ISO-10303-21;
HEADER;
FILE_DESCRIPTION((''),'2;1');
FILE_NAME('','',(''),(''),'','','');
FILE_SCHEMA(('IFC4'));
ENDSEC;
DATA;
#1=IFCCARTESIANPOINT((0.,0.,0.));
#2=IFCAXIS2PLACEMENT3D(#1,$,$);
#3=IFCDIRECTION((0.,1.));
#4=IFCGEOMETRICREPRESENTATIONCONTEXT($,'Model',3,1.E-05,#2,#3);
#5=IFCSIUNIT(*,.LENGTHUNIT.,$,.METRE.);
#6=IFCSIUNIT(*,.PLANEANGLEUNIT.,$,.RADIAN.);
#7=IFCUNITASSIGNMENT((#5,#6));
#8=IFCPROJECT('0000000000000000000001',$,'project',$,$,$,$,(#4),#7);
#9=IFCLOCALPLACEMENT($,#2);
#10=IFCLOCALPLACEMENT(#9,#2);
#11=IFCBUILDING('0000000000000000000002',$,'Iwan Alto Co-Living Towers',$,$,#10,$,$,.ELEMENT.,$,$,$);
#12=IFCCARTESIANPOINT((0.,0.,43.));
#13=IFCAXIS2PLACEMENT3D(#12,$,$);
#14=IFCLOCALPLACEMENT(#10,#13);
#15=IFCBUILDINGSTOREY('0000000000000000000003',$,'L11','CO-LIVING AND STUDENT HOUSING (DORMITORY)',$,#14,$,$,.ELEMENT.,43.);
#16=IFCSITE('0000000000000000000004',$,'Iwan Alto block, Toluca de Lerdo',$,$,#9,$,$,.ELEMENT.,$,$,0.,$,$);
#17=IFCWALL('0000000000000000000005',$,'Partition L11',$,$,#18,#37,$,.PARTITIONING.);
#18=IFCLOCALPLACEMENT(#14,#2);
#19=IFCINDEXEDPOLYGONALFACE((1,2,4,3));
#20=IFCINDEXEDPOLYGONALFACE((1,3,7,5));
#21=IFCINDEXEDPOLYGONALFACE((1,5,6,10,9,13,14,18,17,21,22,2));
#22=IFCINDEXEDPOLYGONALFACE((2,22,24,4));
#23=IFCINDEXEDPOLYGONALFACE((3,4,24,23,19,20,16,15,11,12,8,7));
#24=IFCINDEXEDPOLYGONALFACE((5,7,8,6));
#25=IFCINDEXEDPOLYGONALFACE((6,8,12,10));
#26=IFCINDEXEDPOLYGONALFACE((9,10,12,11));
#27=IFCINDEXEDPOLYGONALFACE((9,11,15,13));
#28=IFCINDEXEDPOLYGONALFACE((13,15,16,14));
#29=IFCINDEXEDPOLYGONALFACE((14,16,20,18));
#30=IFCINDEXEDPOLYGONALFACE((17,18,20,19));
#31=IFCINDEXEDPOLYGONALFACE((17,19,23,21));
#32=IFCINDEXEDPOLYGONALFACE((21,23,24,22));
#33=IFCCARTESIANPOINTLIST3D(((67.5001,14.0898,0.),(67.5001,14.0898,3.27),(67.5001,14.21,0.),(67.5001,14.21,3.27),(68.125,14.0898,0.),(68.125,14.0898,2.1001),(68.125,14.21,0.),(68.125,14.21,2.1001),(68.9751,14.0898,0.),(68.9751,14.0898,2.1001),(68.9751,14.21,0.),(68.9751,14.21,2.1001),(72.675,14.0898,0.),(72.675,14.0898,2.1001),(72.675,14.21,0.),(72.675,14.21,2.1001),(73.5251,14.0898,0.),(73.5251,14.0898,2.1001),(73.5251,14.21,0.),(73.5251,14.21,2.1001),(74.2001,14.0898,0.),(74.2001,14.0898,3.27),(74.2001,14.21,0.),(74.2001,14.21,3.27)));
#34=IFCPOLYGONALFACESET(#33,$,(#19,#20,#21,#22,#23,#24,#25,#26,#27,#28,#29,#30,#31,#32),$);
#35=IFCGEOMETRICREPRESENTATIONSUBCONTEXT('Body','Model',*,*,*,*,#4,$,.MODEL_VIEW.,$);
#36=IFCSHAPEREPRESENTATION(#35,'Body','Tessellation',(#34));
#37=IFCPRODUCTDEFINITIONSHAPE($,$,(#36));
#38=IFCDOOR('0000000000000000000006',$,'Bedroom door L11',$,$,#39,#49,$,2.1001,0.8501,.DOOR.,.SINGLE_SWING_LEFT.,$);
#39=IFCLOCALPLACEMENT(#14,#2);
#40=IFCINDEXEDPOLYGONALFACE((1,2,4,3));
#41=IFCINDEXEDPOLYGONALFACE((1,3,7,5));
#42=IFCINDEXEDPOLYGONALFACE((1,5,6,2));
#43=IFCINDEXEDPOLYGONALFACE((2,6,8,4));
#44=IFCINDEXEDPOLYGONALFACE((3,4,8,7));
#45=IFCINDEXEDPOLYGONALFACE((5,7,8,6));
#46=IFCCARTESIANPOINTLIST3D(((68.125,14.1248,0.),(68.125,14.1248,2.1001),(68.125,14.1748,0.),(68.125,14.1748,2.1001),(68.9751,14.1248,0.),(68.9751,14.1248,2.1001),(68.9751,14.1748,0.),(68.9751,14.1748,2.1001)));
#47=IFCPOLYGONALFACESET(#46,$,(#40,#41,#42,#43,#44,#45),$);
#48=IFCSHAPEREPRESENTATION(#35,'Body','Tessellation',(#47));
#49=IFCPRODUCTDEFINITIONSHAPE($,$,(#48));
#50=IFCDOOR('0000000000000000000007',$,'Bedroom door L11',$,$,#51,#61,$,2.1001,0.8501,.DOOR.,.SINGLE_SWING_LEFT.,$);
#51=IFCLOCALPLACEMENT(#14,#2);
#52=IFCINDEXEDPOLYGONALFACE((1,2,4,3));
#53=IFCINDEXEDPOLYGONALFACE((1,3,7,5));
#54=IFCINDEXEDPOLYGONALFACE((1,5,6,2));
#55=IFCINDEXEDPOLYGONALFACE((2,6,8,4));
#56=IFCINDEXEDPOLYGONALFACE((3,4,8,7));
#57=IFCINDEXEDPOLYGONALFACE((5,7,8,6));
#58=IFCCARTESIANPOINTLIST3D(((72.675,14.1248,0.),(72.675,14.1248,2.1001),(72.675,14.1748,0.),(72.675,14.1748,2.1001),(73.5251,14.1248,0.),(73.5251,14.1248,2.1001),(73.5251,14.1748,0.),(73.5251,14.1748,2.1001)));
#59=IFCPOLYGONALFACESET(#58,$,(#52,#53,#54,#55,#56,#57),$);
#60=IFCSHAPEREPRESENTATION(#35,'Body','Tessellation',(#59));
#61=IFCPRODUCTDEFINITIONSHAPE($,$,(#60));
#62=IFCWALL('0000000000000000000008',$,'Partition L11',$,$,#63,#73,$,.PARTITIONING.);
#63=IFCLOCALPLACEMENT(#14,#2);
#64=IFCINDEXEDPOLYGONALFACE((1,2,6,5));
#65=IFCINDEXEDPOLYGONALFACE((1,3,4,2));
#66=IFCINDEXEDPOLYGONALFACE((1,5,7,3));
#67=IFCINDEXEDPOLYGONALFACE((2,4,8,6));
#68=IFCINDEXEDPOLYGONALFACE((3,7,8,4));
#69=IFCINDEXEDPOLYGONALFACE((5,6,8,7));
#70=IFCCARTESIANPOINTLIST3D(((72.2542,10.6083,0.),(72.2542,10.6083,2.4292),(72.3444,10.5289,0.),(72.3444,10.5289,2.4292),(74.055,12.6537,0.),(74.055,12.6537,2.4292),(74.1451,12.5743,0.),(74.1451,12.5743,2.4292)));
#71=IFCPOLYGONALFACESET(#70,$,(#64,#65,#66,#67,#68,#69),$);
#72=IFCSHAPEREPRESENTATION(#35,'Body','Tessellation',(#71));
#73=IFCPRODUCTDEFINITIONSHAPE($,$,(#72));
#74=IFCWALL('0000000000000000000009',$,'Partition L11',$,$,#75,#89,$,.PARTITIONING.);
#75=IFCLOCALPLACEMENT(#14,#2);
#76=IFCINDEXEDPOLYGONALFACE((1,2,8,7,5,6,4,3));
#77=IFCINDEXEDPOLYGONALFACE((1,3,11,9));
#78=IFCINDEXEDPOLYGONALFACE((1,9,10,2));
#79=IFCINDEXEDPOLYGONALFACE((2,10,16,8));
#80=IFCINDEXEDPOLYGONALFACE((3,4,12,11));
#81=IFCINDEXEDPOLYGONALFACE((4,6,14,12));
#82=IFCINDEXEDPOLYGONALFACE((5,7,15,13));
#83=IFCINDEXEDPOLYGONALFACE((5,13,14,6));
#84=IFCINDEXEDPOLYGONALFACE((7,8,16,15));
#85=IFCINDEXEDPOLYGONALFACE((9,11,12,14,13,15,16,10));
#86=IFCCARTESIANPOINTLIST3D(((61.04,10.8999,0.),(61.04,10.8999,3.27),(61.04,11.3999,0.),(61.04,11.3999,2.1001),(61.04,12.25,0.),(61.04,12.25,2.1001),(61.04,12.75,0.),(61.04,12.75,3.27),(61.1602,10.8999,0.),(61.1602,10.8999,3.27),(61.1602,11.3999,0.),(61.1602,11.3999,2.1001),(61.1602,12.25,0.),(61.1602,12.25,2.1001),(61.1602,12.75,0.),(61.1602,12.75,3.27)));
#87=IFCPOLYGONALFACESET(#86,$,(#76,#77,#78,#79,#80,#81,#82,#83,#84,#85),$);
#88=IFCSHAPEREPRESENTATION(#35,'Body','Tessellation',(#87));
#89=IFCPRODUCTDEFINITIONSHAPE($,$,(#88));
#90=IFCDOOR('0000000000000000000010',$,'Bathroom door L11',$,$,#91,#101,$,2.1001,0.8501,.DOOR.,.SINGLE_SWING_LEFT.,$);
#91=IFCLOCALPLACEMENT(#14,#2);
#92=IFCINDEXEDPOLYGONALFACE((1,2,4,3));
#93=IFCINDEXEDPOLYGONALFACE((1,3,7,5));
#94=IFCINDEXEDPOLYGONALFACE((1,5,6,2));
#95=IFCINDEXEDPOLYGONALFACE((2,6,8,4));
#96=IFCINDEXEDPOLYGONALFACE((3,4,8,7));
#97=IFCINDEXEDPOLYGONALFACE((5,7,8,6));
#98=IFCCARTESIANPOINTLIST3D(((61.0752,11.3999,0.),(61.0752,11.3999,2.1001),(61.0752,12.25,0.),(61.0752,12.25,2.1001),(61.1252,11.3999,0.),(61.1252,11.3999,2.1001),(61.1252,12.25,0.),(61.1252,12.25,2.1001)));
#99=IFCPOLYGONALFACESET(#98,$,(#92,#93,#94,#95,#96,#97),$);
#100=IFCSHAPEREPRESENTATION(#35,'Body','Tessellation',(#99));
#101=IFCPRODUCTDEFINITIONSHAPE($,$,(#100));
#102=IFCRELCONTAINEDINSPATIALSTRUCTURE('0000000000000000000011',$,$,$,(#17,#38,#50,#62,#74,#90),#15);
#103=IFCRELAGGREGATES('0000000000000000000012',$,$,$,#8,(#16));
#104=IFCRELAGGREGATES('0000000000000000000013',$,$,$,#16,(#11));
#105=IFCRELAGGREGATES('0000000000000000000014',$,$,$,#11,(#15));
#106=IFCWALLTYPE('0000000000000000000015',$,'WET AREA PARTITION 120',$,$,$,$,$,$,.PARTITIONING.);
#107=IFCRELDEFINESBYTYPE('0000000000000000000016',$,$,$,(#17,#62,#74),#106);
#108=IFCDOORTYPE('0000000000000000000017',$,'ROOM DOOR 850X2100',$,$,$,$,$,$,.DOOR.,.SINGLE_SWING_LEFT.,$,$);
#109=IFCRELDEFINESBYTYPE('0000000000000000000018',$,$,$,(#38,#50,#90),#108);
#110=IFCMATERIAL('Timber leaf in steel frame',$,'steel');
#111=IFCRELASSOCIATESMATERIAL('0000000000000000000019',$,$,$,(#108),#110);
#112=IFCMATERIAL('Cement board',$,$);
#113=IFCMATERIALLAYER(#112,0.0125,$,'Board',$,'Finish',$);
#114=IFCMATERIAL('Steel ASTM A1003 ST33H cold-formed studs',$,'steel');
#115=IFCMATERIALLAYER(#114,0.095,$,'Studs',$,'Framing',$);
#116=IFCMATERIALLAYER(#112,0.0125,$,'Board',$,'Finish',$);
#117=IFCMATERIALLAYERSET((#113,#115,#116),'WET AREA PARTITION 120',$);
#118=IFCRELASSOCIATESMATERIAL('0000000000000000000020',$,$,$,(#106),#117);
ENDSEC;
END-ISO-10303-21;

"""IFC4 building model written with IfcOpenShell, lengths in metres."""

from ifc_helpers import new_model, si_unit, direction, frame, frame_2d, origin, place, context, subcontext, project, spatial, rectangle, extrude, material, layer, layer_set, type_object, element, fill, save


model = new_model("IFC4")

# Units and contexts
model_context = context("Model", 3, precision=1e-05, world=origin(), true_north=direction((0.0, 1.0)))
body_context = subcontext(model_context, "Body", "Model", "MODEL_VIEW")
ifc_project = project(units=[si_unit("LENGTHUNIT", "METRE"), si_unit("PLANEANGLEUNIT", "RADIAN")], contexts=[model_context])

# Site, building, storey
site_placement = place(None, origin())
site = spatial("IfcSite", under=ifc_project, at=site_placement, Name="Iwan Alto block, Toluca de Lerdo", CompositionType="ELEMENT", RefElevation=0.0)
building_placement = place(site_placement, origin())
building = spatial("IfcBuilding", under=site, at=building_placement, Name="Iwan Alto Co-Living Towers", CompositionType="ELEMENT")
storey_placement = place(building_placement, frame((0.0, 0.0, 43.0)))
storey = spatial("IfcBuildingStorey", under=building, at=storey_placement, Name="L11", Description="CO-LIVING AND STUDENT HOUSING (DORMITORY)", CompositionType="ELEMENT", Elevation=43.0)

# Shared definitions
ifc_material_1 = material(Name="Steel ASTM A1003 ST33H cold-formed studs", Category="steel")

# Shared definitions
ifc_material_2 = material(Name="Timber leaf in steel frame", Category="steel")
door_type = type_object("IfcDoorType", Name="ROOM DOOR 850X2100", OperationType="SINGLE_SWING_LEFT", PredefinedType="DOOR", material=ifc_material_2)

# Wall, openings, doors
ifc_material_3 = material(Name="Cement board")
ifc_layer_1 = layer(ifc_material_3, 0.0125, Name="Board", Category="Finish")
ifc_layer_2 = layer(ifc_material_1, 0.095, Name="Studs", Category="Framing")
ifc_layer_3 = layer(ifc_material_3, 0.0125, Name="Board", Category="Finish")
ifc_layer_set_1 = layer_set([ifc_layer_1, ifc_layer_2, ifc_layer_3], Name="WET AREA PARTITION 120")
wall_type_1 = type_object("IfcWallType", Name="WET AREA PARTITION 120", PredefinedType="PARTITIONING", material=ifc_layer_set_1)
wall_1_placement = place(storey_placement, frame((67.5, 14.1499, 0.0), z_axis=(0.0, 0.0, 1.0), x_axis=(1.0, 0.0, 0.0)))
wall_1 = element("IfcWall", 1, at=wall_1_placement, inside=storey, type_object=wall_type_1, Name="Partition L11", PredefinedType="PARTITIONING", context=body_context, shape_type="SweptSolid", body=[
    extrude(rectangle(XDim=6.7, YDim=0.1201, at=frame_2d((3.3501, 0.0))), origin(), (0.0, 0.0, 1.0), 3.27),
])
opening_1_placement = place(wall_1_placement, frame((0.625, 0.0, 0.0)))
opening_1 = element("IfcOpeningElement", 2, at=opening_1_placement, cuts=wall_1, PredefinedType="OPENING", context=body_context, shape_type="SweptSolid", body=[
    extrude(rectangle(XDim=0.8501, YDim=2.1001, at=frame_2d((0.425, 1.05))), frame((0.0, 0.0701, 0.0), z_axis=(0.0, -1.0, 0.0), x_axis=(1.0, 0.0, 0.0)), (0.0, 0.0, 1.0), 0.1401),
])
opening_2_placement = place(wall_1_placement, frame((5.175, 0.0, 0.0)))
opening_2 = element("IfcOpeningElement", 3, at=opening_2_placement, cuts=wall_1, PredefinedType="OPENING", context=body_context, shape_type="SweptSolid", body=[
    extrude(rectangle(XDim=0.8501, YDim=2.1001, at=frame_2d((0.425, 1.05))), frame((0.0, 0.0701, 0.0), z_axis=(0.0, -1.0, 0.0), x_axis=(1.0, 0.0, 0.0)), (0.0, 0.0, 1.0), 0.1401),
])
door_1_placement = place(opening_1_placement, origin())
door_1 = element("IfcDoor", 4, at=door_1_placement, inside=storey, type_object=door_type, Name="Bedroom door L11", OperationType="SINGLE_SWING_LEFT", OverallHeight=2.1001, OverallWidth=0.8501, PredefinedType="DOOR", context=body_context, shape_type="SweptSolid", body=[
    extrude(rectangle(XDim=0.8501, YDim=2.1001, at=frame_2d((0.425, 1.05))), frame((0.0, 0.0249, 0.0), z_axis=(0.0, -1.0, 0.0), x_axis=(1.0, 0.0, 0.0)), (0.0, 0.0, 1.0), 0.05),
])
fill(opening_1, door_1)
door_2_placement = place(opening_2_placement, origin())
door_2 = element("IfcDoor", 5, at=door_2_placement, inside=storey, type_object=door_type, Name="Bedroom door L11", OperationType="SINGLE_SWING_LEFT", OverallHeight=2.1001, OverallWidth=0.8501, PredefinedType="DOOR", context=body_context, shape_type="SweptSolid", body=[
    extrude(rectangle(XDim=0.8501, YDim=2.1001, at=frame_2d((0.425, 1.05))), frame((0.0, 0.0249, 0.0), z_axis=(0.0, -1.0, 0.0), x_axis=(1.0, 0.0, 0.0)), (0.0, 0.0, 1.0), 0.05),
])
fill(opening_2, door_2)

# Wall
wall_2_placement = place(storey_placement, frame((72.2993, 10.5686, 0.0), z_axis=(0.0, 0.0, 1.0), x_axis=(0.660798, 0.750564, 0.0)))
element("IfcWall", 6, at=wall_2_placement, inside=storey, type_object=wall_type_1, Name="Partition L11", PredefinedType="PARTITIONING", context=body_context, shape_type="SweptSolid", body=[
    extrude(rectangle(XDim=2.7251, YDim=0.1201, at=frame_2d((1.3625, 0.0))), origin(), (0.0, 0.0, 1.0), 2.4292),
])

# Wall, opening, door
wall_3_placement = place(storey_placement, frame((61.1001, 10.8999, 0.0), z_axis=(0.0, 0.0, 1.0), x_axis=(0.0, 1.0, 0.0)))
wall_3 = element("IfcWall", 7, at=wall_3_placement, inside=storey, type_object=wall_type_1, Name="Partition L11", PredefinedType="PARTITIONING", context=body_context, shape_type="SweptSolid", body=[
    extrude(rectangle(XDim=1.8501, YDim=0.1201, at=frame_2d((0.925, 0.0))), origin(), (0.0, 0.0, 1.0), 3.27),
])
opening_3_placement = place(wall_3_placement, frame((0.5, 0.0, 0.0)))
opening_3 = element("IfcOpeningElement", 8, at=opening_3_placement, cuts=wall_3, PredefinedType="OPENING", context=body_context, shape_type="SweptSolid", body=[
    extrude(rectangle(XDim=0.8501, YDim=2.1001, at=frame_2d((0.425, 1.05))), frame((0.0, 0.0701, 0.0), z_axis=(0.0, -1.0, 0.0), x_axis=(1.0, 0.0, 0.0)), (0.0, 0.0, 1.0), 0.1401),
])
door_3_placement = place(opening_3_placement, origin())
door_3 = element("IfcDoor", 9, at=door_3_placement, inside=storey, type_object=door_type, Name="Bathroom door L11", OperationType="SINGLE_SWING_LEFT", OverallHeight=2.1001, OverallWidth=0.8501, PredefinedType="DOOR", context=body_context, shape_type="SweptSolid", body=[
    extrude(rectangle(XDim=0.8501, YDim=2.1001, at=frame_2d((0.425, 1.05))), frame((0.0, 0.0249, 0.0), z_axis=(0.0, -1.0, 0.0), x_axis=(1.0, 0.0, 0.0)), (0.0, 0.0, 1.0), 0.05),
])
fill(opening_3, door_3)

save(model, "model.ifc")
